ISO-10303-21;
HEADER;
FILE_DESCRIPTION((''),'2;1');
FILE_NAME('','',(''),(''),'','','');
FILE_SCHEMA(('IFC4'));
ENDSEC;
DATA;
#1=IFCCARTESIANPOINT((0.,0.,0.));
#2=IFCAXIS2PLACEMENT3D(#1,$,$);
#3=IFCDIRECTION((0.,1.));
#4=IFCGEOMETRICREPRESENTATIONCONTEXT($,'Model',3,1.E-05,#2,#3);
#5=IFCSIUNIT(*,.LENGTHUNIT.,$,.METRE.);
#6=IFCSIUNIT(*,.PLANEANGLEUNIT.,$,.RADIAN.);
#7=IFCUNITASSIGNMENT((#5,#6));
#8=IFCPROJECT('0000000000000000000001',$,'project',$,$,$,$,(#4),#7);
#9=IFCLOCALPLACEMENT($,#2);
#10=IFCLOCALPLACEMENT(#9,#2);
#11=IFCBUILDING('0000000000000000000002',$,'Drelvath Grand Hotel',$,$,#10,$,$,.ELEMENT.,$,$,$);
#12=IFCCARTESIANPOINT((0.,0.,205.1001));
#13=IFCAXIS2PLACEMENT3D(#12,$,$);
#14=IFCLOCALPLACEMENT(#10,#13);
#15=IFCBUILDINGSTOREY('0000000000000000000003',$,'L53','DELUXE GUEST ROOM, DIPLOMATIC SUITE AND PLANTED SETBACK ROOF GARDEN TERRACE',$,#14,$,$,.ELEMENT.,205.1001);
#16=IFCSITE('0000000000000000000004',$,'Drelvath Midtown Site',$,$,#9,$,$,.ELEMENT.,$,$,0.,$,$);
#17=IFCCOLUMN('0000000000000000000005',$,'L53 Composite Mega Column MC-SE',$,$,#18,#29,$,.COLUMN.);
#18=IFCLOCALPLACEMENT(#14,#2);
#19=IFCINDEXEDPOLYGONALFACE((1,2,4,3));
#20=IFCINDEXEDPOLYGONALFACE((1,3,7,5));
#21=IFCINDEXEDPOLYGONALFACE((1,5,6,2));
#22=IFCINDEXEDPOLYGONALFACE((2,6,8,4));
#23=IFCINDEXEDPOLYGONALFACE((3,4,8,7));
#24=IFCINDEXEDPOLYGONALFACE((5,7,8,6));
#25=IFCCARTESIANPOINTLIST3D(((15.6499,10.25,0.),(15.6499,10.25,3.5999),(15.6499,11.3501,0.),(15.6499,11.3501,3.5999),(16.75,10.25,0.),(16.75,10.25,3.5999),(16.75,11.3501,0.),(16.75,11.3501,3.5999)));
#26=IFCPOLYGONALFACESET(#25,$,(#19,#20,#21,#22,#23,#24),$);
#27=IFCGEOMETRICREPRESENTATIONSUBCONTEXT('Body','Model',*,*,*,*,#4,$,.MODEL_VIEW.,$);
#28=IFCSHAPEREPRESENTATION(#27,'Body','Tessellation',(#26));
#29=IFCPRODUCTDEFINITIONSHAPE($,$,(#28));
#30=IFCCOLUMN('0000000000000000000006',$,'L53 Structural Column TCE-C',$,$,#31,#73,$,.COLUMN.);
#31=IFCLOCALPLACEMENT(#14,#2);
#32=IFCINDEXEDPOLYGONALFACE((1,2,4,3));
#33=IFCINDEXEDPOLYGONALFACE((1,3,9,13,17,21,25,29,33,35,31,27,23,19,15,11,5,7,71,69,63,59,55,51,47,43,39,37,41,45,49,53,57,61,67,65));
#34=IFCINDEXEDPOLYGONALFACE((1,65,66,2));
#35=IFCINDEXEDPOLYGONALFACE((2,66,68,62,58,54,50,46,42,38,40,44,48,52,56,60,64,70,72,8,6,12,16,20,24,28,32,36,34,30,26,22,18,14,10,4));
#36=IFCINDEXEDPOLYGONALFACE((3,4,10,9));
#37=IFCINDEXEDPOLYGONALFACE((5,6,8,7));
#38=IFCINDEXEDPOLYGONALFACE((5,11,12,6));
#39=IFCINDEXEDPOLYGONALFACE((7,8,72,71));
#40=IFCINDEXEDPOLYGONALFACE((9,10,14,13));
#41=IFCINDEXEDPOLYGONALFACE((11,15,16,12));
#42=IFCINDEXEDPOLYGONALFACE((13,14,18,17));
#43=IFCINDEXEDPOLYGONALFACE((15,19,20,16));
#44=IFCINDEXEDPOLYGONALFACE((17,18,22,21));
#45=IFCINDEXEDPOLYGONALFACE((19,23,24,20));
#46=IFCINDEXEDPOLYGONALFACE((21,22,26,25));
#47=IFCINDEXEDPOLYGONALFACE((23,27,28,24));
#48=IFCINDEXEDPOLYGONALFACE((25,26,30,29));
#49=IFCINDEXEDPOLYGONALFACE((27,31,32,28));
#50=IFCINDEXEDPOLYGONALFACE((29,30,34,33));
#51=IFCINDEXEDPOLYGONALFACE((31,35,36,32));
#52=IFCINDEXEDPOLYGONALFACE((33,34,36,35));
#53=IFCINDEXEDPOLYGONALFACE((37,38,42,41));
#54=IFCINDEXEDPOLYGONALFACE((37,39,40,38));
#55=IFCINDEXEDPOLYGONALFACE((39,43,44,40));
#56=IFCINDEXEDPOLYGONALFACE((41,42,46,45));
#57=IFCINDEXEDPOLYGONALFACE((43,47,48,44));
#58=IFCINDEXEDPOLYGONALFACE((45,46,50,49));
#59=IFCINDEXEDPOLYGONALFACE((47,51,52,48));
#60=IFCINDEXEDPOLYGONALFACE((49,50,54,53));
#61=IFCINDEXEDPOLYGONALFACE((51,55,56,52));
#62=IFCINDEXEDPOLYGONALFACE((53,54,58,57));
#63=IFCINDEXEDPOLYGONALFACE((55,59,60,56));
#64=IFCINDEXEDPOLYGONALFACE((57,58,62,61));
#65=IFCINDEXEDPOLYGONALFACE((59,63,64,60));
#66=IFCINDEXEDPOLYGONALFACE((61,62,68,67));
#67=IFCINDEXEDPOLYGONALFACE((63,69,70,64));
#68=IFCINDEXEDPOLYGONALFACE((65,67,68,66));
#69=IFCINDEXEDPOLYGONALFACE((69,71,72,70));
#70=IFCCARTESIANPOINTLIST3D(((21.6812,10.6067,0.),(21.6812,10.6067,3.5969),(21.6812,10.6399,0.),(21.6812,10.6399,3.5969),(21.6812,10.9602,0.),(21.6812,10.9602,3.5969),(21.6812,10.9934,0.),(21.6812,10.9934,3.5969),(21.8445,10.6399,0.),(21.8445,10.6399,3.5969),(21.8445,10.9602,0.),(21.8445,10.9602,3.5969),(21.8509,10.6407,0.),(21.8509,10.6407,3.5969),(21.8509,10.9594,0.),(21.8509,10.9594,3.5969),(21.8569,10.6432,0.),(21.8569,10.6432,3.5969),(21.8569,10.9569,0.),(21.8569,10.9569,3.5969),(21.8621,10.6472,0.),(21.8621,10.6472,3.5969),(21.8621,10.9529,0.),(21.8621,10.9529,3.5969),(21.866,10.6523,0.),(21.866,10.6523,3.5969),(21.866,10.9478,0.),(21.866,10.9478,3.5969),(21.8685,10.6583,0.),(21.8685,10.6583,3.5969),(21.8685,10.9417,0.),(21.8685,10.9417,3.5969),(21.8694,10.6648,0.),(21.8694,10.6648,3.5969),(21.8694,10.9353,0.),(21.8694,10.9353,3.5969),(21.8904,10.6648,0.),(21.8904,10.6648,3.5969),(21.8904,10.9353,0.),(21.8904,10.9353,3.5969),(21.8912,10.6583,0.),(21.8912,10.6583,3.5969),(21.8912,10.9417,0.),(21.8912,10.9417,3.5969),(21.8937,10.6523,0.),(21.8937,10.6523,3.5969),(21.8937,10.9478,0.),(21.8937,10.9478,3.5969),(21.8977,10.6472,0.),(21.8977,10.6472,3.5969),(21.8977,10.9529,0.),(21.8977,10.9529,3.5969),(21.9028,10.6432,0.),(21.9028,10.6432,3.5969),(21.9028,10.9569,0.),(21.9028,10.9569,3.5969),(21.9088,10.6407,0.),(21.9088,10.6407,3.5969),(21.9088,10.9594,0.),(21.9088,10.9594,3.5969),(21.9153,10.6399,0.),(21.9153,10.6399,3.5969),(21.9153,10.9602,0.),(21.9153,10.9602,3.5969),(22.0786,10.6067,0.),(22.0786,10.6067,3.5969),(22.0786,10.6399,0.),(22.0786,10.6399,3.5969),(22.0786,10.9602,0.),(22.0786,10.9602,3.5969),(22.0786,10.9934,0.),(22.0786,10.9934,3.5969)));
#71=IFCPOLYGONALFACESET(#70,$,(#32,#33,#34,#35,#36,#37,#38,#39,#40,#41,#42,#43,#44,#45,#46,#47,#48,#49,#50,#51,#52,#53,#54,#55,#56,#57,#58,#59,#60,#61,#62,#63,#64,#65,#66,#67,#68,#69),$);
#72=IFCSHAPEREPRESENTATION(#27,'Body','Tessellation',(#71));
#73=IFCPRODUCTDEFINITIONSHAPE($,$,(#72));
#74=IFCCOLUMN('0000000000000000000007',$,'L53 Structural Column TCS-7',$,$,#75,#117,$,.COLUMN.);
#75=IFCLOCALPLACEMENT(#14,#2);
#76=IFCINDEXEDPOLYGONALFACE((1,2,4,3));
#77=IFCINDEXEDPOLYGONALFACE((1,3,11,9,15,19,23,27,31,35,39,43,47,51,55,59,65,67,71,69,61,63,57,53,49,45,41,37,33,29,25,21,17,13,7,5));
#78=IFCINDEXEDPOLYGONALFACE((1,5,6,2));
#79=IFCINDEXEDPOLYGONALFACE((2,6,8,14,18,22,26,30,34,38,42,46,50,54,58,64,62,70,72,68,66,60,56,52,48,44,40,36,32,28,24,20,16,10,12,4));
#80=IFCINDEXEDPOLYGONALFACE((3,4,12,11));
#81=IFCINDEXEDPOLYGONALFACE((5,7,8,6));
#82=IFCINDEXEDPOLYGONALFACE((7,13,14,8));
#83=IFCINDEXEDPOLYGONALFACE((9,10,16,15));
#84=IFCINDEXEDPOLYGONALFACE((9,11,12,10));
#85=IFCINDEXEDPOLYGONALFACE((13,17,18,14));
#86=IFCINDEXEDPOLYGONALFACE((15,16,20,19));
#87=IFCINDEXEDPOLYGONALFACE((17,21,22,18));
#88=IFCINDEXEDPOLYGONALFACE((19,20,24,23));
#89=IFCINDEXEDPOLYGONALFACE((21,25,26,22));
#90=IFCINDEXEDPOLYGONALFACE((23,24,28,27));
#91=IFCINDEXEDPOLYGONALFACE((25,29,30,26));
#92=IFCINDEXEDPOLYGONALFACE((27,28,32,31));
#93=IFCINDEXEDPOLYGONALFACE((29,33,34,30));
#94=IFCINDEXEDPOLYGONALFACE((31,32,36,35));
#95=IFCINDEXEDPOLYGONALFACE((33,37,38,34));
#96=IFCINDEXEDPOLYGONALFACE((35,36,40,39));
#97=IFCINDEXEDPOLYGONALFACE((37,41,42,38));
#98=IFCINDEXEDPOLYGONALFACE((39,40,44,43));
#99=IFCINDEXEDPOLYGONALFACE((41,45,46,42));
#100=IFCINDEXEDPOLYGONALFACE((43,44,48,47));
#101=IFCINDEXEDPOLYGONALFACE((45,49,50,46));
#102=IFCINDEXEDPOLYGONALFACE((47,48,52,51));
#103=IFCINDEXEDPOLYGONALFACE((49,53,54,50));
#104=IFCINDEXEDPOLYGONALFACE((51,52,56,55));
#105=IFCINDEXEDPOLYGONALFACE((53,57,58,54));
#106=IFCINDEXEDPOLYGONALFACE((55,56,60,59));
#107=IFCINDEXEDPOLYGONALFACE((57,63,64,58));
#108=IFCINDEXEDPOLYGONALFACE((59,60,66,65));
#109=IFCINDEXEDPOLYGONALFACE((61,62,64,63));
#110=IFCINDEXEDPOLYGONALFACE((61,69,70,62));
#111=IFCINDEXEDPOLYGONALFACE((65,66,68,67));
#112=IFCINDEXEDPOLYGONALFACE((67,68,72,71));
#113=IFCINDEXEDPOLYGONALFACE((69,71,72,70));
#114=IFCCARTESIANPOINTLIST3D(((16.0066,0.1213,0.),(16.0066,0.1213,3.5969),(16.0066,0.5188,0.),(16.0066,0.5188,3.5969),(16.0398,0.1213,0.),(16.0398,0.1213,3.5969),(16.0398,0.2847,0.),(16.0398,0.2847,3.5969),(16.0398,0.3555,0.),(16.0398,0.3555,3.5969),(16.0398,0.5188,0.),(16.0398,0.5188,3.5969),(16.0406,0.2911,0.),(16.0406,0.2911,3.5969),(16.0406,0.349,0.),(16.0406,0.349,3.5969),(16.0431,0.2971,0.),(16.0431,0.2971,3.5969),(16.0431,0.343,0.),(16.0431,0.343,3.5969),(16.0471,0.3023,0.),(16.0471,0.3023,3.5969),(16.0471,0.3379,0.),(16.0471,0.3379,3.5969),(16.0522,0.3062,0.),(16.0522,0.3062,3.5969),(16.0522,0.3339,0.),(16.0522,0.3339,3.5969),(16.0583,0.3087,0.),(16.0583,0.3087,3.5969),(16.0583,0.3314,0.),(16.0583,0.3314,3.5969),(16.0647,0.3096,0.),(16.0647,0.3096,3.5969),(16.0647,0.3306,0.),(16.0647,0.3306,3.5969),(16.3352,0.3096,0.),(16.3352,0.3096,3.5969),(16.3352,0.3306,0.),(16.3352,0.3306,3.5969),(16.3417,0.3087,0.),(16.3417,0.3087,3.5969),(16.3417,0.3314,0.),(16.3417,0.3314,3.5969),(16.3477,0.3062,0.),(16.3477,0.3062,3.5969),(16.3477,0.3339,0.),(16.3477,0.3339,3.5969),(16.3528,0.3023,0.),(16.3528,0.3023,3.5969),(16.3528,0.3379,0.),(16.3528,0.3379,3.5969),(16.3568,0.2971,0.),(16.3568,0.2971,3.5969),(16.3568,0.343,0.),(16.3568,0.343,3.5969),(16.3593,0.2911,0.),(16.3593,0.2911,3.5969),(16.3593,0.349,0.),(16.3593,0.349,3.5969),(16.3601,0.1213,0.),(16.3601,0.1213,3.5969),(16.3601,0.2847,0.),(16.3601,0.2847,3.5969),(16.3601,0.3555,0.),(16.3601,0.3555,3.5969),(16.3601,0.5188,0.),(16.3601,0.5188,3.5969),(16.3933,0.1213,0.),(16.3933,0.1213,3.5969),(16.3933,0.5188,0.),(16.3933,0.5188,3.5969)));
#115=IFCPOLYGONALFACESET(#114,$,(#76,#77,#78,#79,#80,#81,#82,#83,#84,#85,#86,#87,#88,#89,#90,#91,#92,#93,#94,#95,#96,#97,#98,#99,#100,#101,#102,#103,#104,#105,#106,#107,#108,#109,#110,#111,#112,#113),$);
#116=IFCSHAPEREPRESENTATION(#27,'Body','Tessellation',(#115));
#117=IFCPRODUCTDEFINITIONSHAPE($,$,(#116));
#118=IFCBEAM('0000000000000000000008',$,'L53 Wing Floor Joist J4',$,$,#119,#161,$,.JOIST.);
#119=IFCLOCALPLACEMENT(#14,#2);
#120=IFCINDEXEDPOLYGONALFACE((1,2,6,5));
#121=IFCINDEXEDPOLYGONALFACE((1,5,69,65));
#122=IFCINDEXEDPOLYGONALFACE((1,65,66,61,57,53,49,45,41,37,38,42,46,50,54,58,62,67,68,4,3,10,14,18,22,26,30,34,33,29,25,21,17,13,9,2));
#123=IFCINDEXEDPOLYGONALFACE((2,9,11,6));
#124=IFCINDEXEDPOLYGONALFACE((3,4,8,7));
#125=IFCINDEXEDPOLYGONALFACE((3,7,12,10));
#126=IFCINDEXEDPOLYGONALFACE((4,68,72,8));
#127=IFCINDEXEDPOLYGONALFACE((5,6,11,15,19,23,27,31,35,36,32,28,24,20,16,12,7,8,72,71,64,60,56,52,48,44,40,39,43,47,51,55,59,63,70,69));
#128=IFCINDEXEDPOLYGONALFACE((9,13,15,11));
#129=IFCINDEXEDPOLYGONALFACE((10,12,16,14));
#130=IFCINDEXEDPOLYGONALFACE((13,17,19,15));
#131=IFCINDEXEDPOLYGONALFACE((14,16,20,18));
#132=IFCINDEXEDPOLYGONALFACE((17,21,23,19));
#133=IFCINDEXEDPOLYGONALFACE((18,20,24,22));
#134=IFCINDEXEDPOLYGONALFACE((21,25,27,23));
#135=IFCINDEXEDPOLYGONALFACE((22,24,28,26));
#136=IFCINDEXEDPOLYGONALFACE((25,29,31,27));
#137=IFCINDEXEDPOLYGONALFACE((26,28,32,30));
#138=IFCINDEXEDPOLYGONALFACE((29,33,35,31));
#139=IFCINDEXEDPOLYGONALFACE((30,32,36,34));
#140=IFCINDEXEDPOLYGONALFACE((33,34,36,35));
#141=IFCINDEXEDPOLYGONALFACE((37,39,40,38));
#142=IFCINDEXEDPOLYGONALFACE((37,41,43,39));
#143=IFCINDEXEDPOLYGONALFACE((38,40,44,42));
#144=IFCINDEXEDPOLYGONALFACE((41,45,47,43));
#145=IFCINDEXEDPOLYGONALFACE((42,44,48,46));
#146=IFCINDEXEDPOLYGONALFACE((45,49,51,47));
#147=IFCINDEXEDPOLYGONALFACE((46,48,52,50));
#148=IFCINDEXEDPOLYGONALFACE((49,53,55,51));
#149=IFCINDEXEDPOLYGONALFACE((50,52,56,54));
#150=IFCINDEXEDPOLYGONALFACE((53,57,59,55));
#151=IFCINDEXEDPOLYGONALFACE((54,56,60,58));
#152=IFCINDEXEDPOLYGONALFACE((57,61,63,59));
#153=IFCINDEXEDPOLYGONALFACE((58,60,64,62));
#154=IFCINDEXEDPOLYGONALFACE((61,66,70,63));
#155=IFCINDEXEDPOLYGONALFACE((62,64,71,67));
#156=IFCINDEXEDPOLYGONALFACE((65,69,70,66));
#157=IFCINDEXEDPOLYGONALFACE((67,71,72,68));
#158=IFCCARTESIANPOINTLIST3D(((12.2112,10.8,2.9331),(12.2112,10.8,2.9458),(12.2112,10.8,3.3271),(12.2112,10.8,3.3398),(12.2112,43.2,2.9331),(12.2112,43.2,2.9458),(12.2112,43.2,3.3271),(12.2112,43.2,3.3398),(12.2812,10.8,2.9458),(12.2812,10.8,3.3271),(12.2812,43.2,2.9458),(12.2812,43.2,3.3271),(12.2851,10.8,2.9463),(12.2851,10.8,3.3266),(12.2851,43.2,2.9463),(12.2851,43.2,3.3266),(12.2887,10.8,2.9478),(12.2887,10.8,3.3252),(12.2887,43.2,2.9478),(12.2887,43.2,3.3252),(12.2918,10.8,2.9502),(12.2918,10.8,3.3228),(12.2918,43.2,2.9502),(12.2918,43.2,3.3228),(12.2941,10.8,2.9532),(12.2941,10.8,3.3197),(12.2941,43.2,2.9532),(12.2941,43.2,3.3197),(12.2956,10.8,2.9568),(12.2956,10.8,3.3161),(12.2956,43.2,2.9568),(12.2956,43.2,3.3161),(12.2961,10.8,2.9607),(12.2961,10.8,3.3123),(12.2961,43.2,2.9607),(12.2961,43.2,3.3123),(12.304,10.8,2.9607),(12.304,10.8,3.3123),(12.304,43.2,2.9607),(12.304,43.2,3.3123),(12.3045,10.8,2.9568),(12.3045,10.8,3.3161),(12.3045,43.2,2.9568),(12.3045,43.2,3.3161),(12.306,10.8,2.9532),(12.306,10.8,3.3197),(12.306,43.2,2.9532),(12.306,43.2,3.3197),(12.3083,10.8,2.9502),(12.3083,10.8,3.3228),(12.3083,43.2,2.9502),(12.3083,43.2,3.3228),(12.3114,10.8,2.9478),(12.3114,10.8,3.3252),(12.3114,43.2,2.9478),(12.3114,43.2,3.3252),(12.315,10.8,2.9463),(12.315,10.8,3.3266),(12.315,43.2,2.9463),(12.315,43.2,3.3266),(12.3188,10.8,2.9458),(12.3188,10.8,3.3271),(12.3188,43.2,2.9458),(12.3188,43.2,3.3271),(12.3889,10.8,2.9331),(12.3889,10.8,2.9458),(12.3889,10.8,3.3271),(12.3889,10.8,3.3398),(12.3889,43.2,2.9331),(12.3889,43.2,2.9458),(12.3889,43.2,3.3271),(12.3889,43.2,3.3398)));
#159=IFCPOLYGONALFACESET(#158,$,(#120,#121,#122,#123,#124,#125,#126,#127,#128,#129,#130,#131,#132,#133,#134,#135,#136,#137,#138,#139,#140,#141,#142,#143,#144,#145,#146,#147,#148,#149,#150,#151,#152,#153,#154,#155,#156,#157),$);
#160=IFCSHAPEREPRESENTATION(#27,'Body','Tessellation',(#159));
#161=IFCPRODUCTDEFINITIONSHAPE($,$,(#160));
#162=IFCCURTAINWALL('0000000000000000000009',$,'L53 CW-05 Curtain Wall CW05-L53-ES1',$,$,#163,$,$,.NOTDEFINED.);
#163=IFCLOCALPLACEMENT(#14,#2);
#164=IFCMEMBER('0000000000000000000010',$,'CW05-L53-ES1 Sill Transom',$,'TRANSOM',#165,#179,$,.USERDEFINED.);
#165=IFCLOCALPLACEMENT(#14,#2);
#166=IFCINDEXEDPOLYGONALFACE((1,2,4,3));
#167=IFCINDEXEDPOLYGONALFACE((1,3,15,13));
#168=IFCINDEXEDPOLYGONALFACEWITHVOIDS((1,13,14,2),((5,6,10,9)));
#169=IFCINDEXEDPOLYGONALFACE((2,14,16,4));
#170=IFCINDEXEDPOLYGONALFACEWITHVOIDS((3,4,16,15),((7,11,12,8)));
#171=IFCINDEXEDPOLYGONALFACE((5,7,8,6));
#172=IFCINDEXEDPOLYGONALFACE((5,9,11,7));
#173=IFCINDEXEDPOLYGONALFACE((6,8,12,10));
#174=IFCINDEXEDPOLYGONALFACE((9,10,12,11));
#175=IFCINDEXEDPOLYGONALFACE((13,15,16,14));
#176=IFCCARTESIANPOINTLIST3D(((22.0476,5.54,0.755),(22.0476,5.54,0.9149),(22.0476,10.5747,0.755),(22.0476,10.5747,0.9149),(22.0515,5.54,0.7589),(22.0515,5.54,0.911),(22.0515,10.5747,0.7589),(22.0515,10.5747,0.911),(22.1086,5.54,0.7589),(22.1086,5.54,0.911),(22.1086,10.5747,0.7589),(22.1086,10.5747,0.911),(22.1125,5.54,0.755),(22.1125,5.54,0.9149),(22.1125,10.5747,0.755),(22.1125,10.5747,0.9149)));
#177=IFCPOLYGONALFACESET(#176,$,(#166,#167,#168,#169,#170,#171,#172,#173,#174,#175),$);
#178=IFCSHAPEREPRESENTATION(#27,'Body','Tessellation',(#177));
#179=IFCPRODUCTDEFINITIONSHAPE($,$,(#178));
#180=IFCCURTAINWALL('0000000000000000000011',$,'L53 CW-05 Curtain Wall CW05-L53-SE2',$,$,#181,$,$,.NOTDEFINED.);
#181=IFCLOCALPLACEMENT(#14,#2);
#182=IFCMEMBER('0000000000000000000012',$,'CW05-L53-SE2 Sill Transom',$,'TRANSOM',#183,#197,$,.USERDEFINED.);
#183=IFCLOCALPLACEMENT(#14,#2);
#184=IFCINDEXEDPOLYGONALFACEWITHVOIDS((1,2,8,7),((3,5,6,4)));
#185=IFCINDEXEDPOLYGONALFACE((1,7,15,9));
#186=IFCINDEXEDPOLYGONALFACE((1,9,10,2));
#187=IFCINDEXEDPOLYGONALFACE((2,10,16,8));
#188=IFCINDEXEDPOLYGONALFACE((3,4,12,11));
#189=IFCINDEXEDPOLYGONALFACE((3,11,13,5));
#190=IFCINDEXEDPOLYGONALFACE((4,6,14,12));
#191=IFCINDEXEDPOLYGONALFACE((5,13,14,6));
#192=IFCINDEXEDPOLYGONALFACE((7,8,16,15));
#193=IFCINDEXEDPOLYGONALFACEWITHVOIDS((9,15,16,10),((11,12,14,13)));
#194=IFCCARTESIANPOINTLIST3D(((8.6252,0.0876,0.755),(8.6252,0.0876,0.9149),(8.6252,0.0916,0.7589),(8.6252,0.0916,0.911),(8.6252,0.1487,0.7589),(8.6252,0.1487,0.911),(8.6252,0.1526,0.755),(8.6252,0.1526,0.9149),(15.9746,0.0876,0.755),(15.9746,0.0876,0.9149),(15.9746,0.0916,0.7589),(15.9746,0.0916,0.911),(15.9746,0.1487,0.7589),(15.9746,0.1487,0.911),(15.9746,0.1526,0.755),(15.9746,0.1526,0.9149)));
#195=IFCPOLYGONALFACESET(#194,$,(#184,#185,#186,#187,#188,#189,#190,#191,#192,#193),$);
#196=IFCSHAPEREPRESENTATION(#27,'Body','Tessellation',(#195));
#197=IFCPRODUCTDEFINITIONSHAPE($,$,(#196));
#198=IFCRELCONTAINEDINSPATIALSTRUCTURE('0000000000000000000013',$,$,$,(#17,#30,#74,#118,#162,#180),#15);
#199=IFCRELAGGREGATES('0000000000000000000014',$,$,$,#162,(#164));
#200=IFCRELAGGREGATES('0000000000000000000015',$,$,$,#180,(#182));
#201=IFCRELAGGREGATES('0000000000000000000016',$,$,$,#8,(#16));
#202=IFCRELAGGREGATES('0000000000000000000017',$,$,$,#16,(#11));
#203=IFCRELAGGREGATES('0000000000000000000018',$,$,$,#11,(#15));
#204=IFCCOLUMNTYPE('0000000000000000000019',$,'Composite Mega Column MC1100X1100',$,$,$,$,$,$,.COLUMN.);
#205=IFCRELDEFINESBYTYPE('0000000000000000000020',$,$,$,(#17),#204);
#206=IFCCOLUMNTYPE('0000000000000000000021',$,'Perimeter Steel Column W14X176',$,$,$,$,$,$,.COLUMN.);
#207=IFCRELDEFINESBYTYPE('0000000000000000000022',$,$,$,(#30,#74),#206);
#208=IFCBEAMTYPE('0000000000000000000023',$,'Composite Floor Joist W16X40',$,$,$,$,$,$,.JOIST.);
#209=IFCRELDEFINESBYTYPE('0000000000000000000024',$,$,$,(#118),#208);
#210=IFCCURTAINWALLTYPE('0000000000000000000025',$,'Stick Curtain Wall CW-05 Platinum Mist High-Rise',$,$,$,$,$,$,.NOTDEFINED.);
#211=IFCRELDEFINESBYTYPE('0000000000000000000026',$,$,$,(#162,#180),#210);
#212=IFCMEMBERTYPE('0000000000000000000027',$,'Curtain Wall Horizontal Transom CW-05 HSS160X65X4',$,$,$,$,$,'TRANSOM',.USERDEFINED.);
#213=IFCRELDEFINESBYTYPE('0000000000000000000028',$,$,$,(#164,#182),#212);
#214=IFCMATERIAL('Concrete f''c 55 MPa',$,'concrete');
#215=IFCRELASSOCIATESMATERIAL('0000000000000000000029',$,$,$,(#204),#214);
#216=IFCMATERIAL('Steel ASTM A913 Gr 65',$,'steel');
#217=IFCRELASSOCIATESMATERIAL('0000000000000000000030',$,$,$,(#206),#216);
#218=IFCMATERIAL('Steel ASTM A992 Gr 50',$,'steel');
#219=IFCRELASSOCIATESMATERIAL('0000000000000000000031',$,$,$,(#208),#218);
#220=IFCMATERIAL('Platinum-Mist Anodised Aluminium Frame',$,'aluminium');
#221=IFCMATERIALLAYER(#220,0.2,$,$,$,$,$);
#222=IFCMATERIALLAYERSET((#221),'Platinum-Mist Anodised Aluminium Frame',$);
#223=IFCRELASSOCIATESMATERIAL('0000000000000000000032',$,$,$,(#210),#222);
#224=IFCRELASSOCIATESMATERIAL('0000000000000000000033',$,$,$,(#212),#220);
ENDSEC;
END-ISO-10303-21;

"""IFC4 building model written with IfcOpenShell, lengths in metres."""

from ifc_helpers import new_model, si_unit, direction, frame, origin, origin_2d, place, context, subcontext, project, spatial, rectangle, hollow_rectangle, i_section, extrude, material, layer, layer_set, material_profile, profile_set, type_object, element, aggregate, save


model = new_model("IFC4")

# Units and contexts
model_context = context("Model", 3, precision=1e-05, world=origin(), true_north=direction((0.0, 1.0)))
body_context = subcontext(model_context, "Body", "Model", "MODEL_VIEW")
ifc_project = project(units=[si_unit("LENGTHUNIT", "METRE"), si_unit("PLANEANGLEUNIT", "RADIAN")], contexts=[model_context])

# Site, building, storey
site_placement = place(None, origin())
site = spatial("IfcSite", under=ifc_project, at=site_placement, Name="Drelvath Midtown Site", CompositionType="ELEMENT", RefElevation=0.0)
building_placement = place(site_placement, origin())
building = spatial("IfcBuilding", under=site, at=building_placement, Name="Drelvath Grand Hotel", CompositionType="ELEMENT")
storey_placement = place(building_placement, frame((0.0, 0.0, 205.1001)))
storey = spatial("IfcBuildingStorey", under=building, at=storey_placement, Name="L53", Description="DELUXE GUEST ROOM, DIPLOMATIC SUITE AND PLANTED SETBACK ROOF GARDEN TERRACE", CompositionType="ELEMENT", Elevation=205.1001)

# Columns
ifc_material_1 = material(Name="Concrete f'c 55 MPa", Category="concrete")
ifc_material_profile_1 = material_profile(ifc_material_1, rectangle(XDim=1.1001, YDim=1.1001, at=origin_2d()), Name="MC1100X1100")
ifc_profile_set_1 = profile_set([ifc_material_profile_1], Name="Concrete f'c 55 MPa")
column_type_1 = type_object("IfcColumnType", Name="Composite Mega Column MC1100X1100", PredefinedType="COLUMN", material=ifc_profile_set_1)
column_placement = place(storey_placement, frame((16.2, 10.8, 0.0), z_axis=(0.0, 0.0, 1.0), x_axis=(1.0, 0.0, 0.0)))
element("IfcColumn", 1, at=column_placement, inside=storey, type_object=column_type_1, Name="L53 Composite Mega Column MC-SE", PredefinedType="COLUMN", context=body_context, shape_type="SweptSolid", body=[
    extrude(rectangle(XDim=1.1001, YDim=1.1001, at=origin_2d()), origin(), (0.0, 0.0, 1.0), 3.5999),
])
ifc_material_2 = material(Name="Steel ASTM A913 Gr 65", Category="steel")
ifc_material_profile_2 = material_profile(ifc_material_2, i_section(OverallWidth=0.3975, OverallDepth=0.3867, WebThickness=0.021, FlangeThickness=0.0332, FilletRadius=0.0249, at=origin_2d()), Name="W14X176")
ifc_profile_set_2 = profile_set([ifc_material_profile_2], Name="Steel ASTM A913 Gr 65")
column_type_2 = type_object("IfcColumnType", Name="Perimeter Steel Column W14X176", PredefinedType="COLUMN", material=ifc_profile_set_2)
for number, where, z_axis, x_axis, name in (
    (2, (21.8799, 10.8, 0.0), (0.0, 0.0, 1.0), (1.0, 0.0, 0.0), "L53 Structural Column TCE-C"),
    (3, (16.2, 0.3201, 0.0), (0.0, 0.0, 1.0), (0.0, 1.0, 0.0), "L53 Structural Column TCS-7"),
):
    element("IfcColumn", number, at=place(storey_placement, frame(where, z_axis=z_axis, x_axis=x_axis)), inside=storey, type_object=column_type_2, Name=name, PredefinedType="COLUMN", context=body_context, shape_type="SweptSolid", body=[
        extrude(i_section(OverallWidth=0.3975, OverallDepth=0.3867, WebThickness=0.021, FlangeThickness=0.0332, FilletRadius=0.0249, at=origin_2d()), origin(), (0.0, 0.0, 1.0), 3.5969),
    ])

# Beam
ifc_material_3 = material(Name="Steel ASTM A992 Gr 50", Category="steel")
ifc_material_profile_3 = material_profile(ifc_material_3, i_section(OverallWidth=0.1777, OverallDepth=0.4067, WebThickness=0.0078, FlangeThickness=0.0127, FilletRadius=0.0149, at=origin_2d()), Name="W16X40")
ifc_profile_set_3 = profile_set([ifc_material_profile_3], Name="Steel ASTM A992 Gr 50")
beam_type_1 = type_object("IfcBeamType", Name="Composite Floor Joist W16X40", PredefinedType="JOIST", material=ifc_profile_set_3)
beam_1_placement = place(storey_placement, frame((12.3, 10.8, 3.1365), z_axis=(0.0, 1.0, 0.0), x_axis=(-1.0, 0.0, 0.0)))
element("IfcBeam", 4, at=beam_1_placement, inside=storey, type_object=beam_type_1, Name="L53 Wing Floor Joist J4", PredefinedType="JOIST", context=body_context, shape_type="SweptSolid", body=[
    extrude(i_section(OverallWidth=0.1777, OverallDepth=0.4067, WebThickness=0.0078, FlangeThickness=0.0127, FilletRadius=0.0149, at=origin_2d()), origin(), (0.0, 0.0, 1.0), 32.3999),
])

# Curtain walls, members
ifc_material_4 = material(Name="Platinum-Mist Anodised Aluminium Frame", Category="aluminium")
ifc_layer_1 = layer(ifc_material_4, 0.2)
ifc_layer_set_1 = layer_set([ifc_layer_1], Name="Platinum-Mist Anodised Aluminium Frame")
curtain_wall_type = type_object("IfcCurtainWallType", Name="Stick Curtain Wall CW-05 Platinum Mist High-Rise", PredefinedType="NOTDEFINED", material=ifc_layer_set_1)
curtain_wall_1_placement = place(storey_placement, origin())
curtain_wall_1 = element("IfcCurtainWall", 5, at=curtain_wall_1_placement, inside=storey, type_object=curtain_wall_type, Name="L53 CW-05 Curtain Wall CW05-L53-ES1", PredefinedType="NOTDEFINED")
ifc_material_profile_4 = material_profile(ifc_material_4, hollow_rectangle(XDim=0.0649, YDim=0.1599, WallThickness=0.0039, at=origin_2d()), Name="HSS160X65X4")
ifc_profile_set_4 = profile_set([ifc_material_profile_4], Name="Platinum-Mist Anodised Aluminium Frame")
member_type_1 = type_object("IfcMemberType", Name="Curtain Wall Horizontal Transom CW-05 HSS160X65X4", ElementType="TRANSOM", PredefinedType="USERDEFINED", material=ifc_profile_set_4)
member_1_placement = place(storey_placement, frame((22.0801, 10.5747, 0.835), z_axis=(0.0, -1.0, 0.0), x_axis=(1.0, 0.0, 0.0)))
member_1 = element("IfcMember", 6, at=member_1_placement, type_object=member_type_1, Name="CW05-L53-ES1 Sill Transom", ObjectType="TRANSOM", PredefinedType="USERDEFINED", context=body_context, shape_type="SweptSolid", body=[
    extrude(hollow_rectangle(XDim=0.0649, YDim=0.1599, WallThickness=0.0039, at=origin_2d()), origin(), (0.0, 0.0, 1.0), 5.0347),
])
curtain_wall_2_placement = place(storey_placement, origin())
curtain_wall_2 = element("IfcCurtainWall", 7, at=curtain_wall_2_placement, inside=storey, type_object=curtain_wall_type, Name="L53 CW-05 Curtain Wall CW05-L53-SE2", PredefinedType="NOTDEFINED")
member_2_placement = place(storey_placement, frame((15.9746, 0.1201, 0.835), z_axis=(-1.0, 0.0, 0.0), x_axis=(0.0, -1.0, 0.0)))
member_2 = element("IfcMember", 8, at=member_2_placement, type_object=member_type_1, Name="CW05-L53-SE2 Sill Transom", ObjectType="TRANSOM", PredefinedType="USERDEFINED", context=body_context, shape_type="SweptSolid", body=[
    extrude(hollow_rectangle(XDim=0.0649, YDim=0.1599, WallThickness=0.0039, at=origin_2d()), origin(), (0.0, 0.0, 1.0), 7.3494),
])

aggregate(curtain_wall_1, [member_1])
aggregate(curtain_wall_2, [member_2])

save(model, "model.ifc")
